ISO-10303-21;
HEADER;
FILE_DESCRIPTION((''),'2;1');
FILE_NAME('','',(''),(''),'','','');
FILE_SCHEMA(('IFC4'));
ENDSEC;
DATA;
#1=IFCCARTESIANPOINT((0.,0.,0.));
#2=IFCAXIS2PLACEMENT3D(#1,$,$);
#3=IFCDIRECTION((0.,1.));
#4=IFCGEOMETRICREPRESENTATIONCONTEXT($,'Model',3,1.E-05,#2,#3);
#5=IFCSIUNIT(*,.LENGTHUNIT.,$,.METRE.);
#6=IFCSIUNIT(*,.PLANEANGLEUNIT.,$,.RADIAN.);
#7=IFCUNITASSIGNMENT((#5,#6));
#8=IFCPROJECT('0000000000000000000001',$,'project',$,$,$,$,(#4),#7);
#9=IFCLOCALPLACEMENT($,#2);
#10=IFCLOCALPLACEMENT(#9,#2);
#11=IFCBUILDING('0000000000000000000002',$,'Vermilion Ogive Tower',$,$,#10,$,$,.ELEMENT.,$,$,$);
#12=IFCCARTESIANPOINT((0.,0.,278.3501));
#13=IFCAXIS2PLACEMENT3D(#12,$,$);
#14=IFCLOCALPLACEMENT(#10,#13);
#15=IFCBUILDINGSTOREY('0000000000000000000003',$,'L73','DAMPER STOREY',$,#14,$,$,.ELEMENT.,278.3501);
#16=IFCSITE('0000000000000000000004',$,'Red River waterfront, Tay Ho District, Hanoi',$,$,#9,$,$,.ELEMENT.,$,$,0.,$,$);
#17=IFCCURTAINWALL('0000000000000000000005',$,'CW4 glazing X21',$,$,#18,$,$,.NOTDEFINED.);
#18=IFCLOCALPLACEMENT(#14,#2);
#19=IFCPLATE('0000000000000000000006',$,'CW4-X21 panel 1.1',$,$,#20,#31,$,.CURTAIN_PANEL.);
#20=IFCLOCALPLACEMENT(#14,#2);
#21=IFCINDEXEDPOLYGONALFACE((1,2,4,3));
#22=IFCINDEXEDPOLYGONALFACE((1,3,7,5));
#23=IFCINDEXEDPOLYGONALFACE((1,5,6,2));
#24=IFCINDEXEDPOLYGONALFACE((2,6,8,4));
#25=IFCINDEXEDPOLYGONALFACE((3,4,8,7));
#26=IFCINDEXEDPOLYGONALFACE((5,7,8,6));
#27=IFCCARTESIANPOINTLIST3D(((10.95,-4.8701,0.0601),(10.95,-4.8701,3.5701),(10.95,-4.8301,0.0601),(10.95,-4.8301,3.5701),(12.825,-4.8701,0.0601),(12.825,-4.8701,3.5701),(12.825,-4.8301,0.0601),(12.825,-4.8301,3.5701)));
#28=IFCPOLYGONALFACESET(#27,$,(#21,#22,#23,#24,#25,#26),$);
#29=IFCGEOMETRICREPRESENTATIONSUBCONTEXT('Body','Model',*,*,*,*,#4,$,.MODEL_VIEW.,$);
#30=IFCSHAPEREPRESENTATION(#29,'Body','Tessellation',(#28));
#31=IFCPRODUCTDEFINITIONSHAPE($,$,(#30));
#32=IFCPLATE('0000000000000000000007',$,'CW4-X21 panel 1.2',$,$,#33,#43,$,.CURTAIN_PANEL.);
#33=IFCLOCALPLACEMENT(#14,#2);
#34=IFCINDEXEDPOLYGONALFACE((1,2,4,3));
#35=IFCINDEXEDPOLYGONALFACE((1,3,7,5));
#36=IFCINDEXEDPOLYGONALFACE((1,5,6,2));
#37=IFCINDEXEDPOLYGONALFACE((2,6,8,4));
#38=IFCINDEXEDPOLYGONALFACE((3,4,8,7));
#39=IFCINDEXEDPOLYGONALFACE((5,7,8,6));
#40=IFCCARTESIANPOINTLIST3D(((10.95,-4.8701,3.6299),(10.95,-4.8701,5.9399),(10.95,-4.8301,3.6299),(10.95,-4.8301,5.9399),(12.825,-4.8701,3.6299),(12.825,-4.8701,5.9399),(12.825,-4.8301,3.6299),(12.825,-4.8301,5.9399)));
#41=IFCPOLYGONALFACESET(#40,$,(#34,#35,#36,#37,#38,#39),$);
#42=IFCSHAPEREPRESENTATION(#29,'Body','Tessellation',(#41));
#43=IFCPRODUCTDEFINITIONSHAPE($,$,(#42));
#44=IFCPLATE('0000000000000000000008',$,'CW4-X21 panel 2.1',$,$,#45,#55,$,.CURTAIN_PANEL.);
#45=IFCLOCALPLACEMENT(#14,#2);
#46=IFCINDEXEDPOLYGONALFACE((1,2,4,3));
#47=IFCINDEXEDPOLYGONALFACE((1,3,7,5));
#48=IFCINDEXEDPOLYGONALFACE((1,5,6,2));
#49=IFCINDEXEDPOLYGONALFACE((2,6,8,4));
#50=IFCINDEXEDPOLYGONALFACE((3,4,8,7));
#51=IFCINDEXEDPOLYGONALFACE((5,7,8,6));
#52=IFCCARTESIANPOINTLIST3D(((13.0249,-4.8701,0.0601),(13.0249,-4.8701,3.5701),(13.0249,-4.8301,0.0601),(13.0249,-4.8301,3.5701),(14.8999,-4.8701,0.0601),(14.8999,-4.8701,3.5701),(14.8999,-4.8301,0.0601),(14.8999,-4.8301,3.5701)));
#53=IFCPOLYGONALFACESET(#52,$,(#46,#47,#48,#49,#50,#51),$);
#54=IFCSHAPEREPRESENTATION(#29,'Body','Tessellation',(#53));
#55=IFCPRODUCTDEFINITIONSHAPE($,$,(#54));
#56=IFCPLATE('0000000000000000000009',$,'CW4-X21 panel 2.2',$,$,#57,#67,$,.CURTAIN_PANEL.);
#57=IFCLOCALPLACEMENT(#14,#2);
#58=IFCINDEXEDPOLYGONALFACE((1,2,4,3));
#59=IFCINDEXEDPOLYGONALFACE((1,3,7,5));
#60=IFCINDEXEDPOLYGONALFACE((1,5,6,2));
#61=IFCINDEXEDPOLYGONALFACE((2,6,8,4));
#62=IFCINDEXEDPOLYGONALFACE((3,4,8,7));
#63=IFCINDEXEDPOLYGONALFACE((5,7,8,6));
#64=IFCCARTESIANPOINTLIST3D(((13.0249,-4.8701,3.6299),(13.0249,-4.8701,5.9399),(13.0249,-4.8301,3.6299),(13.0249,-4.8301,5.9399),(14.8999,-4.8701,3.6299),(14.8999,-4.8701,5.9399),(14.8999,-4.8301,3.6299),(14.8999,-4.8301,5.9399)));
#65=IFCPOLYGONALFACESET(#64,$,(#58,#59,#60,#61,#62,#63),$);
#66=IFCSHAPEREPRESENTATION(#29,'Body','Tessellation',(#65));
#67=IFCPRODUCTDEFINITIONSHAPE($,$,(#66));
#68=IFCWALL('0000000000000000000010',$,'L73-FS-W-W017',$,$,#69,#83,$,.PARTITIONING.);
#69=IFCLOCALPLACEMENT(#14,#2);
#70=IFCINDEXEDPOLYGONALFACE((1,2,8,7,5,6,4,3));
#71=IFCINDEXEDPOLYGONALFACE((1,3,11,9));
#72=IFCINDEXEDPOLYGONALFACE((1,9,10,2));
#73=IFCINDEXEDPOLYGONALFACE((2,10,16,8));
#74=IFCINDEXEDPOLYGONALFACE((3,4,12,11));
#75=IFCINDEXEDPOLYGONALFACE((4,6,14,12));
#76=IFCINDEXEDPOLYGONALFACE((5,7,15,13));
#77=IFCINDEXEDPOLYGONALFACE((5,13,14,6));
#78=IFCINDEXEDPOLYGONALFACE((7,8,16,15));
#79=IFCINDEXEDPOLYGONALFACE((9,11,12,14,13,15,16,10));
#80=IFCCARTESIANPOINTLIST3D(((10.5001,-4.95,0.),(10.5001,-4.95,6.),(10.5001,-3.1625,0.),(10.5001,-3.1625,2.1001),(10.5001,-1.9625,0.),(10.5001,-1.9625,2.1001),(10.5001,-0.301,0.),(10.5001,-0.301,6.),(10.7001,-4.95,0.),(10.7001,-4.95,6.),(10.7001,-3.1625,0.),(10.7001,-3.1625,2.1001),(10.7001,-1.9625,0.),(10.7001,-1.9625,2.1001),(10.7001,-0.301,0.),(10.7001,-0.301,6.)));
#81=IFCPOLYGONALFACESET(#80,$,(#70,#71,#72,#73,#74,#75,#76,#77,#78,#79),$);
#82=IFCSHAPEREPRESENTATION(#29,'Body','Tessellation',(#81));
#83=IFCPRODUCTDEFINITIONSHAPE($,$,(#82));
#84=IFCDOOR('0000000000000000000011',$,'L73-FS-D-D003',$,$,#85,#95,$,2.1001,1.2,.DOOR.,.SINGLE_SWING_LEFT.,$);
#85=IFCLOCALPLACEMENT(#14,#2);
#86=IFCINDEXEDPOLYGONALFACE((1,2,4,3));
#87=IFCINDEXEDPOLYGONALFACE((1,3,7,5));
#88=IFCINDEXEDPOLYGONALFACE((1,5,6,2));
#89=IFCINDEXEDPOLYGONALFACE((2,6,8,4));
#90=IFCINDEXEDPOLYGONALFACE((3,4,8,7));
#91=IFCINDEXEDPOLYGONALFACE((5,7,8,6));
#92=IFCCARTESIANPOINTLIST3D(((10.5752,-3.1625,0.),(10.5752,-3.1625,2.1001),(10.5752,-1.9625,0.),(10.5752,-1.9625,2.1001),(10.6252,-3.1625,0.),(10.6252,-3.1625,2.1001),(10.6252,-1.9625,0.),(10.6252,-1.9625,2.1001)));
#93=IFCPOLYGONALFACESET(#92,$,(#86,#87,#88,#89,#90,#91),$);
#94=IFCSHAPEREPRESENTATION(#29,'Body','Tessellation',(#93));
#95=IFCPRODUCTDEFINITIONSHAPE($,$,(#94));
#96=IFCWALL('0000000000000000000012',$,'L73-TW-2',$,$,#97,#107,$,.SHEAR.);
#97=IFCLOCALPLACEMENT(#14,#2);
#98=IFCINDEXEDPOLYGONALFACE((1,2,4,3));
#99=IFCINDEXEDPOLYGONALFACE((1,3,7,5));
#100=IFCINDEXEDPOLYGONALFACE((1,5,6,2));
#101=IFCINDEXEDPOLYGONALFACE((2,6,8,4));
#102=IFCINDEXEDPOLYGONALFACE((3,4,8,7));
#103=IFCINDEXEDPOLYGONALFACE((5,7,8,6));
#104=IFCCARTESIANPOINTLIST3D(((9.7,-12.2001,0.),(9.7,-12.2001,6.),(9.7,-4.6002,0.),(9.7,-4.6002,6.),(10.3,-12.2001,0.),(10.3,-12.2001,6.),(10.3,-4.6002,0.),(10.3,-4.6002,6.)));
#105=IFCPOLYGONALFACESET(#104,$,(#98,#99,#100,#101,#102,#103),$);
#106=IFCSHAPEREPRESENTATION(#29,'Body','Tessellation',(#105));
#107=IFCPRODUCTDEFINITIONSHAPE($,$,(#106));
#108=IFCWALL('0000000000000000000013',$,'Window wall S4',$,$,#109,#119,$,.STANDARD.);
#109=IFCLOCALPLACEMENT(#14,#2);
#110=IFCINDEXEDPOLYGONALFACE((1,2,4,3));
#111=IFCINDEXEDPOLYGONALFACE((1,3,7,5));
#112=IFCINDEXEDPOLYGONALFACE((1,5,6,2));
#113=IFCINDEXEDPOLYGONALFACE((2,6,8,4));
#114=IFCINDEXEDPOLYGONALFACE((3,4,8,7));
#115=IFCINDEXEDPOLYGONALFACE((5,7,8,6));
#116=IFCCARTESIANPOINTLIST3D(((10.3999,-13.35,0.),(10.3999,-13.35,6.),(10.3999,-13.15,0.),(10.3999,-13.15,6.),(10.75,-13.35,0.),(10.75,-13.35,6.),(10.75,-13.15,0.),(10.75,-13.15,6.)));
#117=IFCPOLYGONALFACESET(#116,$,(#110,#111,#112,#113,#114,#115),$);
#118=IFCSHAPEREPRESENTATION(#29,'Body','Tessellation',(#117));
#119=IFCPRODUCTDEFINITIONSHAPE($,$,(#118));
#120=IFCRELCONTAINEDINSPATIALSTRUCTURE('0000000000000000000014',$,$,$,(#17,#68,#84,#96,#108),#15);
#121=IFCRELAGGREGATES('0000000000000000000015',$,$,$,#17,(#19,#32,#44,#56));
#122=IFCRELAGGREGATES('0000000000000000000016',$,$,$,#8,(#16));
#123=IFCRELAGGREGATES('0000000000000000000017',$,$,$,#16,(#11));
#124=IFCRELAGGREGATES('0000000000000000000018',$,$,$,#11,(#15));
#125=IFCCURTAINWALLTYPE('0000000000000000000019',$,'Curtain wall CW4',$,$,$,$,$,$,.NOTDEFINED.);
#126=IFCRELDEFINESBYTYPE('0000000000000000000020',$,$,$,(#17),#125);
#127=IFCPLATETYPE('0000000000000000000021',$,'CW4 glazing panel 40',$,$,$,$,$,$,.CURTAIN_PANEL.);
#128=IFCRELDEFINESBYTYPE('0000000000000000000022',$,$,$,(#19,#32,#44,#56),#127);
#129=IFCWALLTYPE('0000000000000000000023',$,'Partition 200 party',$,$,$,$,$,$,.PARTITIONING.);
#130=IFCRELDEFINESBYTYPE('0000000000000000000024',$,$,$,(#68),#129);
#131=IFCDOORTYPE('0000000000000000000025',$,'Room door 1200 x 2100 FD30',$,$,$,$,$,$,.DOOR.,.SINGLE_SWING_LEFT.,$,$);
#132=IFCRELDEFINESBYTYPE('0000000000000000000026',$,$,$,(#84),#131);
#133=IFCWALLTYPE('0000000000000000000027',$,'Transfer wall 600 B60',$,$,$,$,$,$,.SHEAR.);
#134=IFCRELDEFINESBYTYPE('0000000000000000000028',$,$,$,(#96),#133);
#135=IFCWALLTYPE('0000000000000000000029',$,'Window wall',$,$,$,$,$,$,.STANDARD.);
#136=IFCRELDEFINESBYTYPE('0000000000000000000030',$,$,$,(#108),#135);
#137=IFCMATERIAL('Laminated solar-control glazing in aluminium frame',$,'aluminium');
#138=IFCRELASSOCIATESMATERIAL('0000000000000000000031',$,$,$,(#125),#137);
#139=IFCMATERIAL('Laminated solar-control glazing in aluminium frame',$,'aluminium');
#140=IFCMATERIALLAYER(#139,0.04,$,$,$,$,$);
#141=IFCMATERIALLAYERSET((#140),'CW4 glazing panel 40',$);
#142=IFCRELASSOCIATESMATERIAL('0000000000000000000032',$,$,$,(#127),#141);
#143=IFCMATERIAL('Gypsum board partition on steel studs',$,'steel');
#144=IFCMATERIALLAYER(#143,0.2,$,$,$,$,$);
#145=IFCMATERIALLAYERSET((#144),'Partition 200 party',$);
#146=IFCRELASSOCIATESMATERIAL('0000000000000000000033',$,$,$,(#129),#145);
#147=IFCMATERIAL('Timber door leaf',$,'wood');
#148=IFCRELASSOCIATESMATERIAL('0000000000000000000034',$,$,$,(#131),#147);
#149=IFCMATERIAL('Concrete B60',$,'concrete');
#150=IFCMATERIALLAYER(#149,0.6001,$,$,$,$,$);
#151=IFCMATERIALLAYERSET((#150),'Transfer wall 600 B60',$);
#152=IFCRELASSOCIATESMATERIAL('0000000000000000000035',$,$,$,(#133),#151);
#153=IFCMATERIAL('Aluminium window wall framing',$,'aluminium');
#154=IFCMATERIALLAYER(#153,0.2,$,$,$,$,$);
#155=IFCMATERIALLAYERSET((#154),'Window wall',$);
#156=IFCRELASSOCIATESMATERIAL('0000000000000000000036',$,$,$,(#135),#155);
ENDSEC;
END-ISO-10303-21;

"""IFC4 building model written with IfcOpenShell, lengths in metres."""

from ifc_helpers import new_model, si_unit, direction, frame, frame_2d, origin, origin_2d, place, context, subcontext, project, spatial, rectangle, extrude, material, layer, layer_set, type_object, element, fill, aggregate, save


model = new_model("IFC4")

# Units and contexts
model_context = context("Model", 3, precision=1e-05, world=origin(), true_north=direction((0.0, 1.0)))
body_context = subcontext(model_context, "Body", "Model", "MODEL_VIEW")
ifc_project = project(units=[si_unit("LENGTHUNIT", "METRE"), si_unit("PLANEANGLEUNIT", "RADIAN")], contexts=[model_context])

# Site, building, storey
site_placement = place(None, origin())
site = spatial("IfcSite", under=ifc_project, at=site_placement, Name="Red River waterfront, Tay Ho District, Hanoi", CompositionType="ELEMENT", RefElevation=0.0)
building_placement = place(site_placement, origin())
building = spatial("IfcBuilding", under=site, at=building_placement, Name="Vermilion Ogive Tower", CompositionType="ELEMENT")
storey_placement = place(building_placement, frame((0.0, 0.0, 278.3501)))
storey = spatial("IfcBuildingStorey", under=building, at=storey_placement, Name="L73", Description="DAMPER STOREY", CompositionType="ELEMENT", Elevation=278.3501)

# Shared definitions
ifc_material_1 = material(Name="Laminated solar-control glazing in aluminium frame", Category="aluminium")
curtain_wall_type = type_object("IfcCurtainWallType", Name="Curtain wall CW4", PredefinedType="NOTDEFINED", material=ifc_material_1)

# Curtain wall
curtain_wall_1_placement = place(storey_placement, origin())
curtain_wall_1 = element("IfcCurtainWall", 1, at=curtain_wall_1_placement, inside=storey, type_object=curtain_wall_type, Name="CW4 glazing X21", PredefinedType="NOTDEFINED")

# Plates
ifc_material_2 = material(Name="Laminated solar-control glazing in aluminium frame", Category="aluminium")
ifc_layer_1 = layer(ifc_material_2, 0.04)
ifc_layer_set_1 = layer_set([ifc_layer_1], Name="CW4 glazing panel 40")
plate_type = type_object("IfcPlateType", Name="CW4 glazing panel 40", PredefinedType="CURTAIN_PANEL", material=ifc_layer_set_1)
plate_1_placement = place(storey_placement, frame((11.8875, -4.8501, 0.0601), z_axis=(0.0, 0.0, 1.0), x_axis=(1.0, 0.0, 0.0)))
plate_1 = element("IfcPlate", 2, at=plate_1_placement, type_object=plate_type, Name="CW4-X21 panel 1.1", PredefinedType="CURTAIN_PANEL", context=body_context, shape_type="SweptSolid", body=[
    extrude(rectangle(XDim=1.875, YDim=0.04, at=origin_2d()), origin(), (0.0, 0.0, 1.0), 3.51),
])
plate_2_placement = place(storey_placement, frame((11.8875, -4.8501, 3.6299), z_axis=(0.0, 0.0, 1.0), x_axis=(1.0, 0.0, 0.0)))
plate_2 = element("IfcPlate", 3, at=plate_2_placement, type_object=plate_type, Name="CW4-X21 panel 1.2", PredefinedType="CURTAIN_PANEL", context=body_context, shape_type="SweptSolid", body=[
    extrude(rectangle(XDim=1.875, YDim=0.04, at=origin_2d()), origin(), (0.0, 0.0, 1.0), 2.3101),
])
plate_3_placement = place(storey_placement, frame((13.9624, -4.8501, 0.0601), z_axis=(0.0, 0.0, 1.0), x_axis=(1.0, 0.0, 0.0)))
plate_3 = element("IfcPlate", 4, at=plate_3_placement, type_object=plate_type, Name="CW4-X21 panel 2.1", PredefinedType="CURTAIN_PANEL", context=body_context, shape_type="SweptSolid", body=[
    extrude(rectangle(XDim=1.875, YDim=0.04, at=origin_2d()), origin(), (0.0, 0.0, 1.0), 3.51),
])
plate_4_placement = place(storey_placement, frame((13.9624, -4.8501, 3.6299), z_axis=(0.0, 0.0, 1.0), x_axis=(1.0, 0.0, 0.0)))
plate_4 = element("IfcPlate", 5, at=plate_4_placement, type_object=plate_type, Name="CW4-X21 panel 2.2", PredefinedType="CURTAIN_PANEL", context=body_context, shape_type="SweptSolid", body=[
    extrude(rectangle(XDim=1.875, YDim=0.04, at=origin_2d()), origin(), (0.0, 0.0, 1.0), 2.3101),
])
aggregate(curtain_wall_1, [plate_1, plate_2, plate_3, plate_4])

# Wall, opening, door
ifc_material_3 = material(Name="Gypsum board partition on steel studs", Category="steel")
ifc_layer_2 = layer(ifc_material_3, 0.2)
ifc_layer_set_2 = layer_set([ifc_layer_2], Name="Partition 200 party")
wall_type_1 = type_object("IfcWallType", Name="Partition 200 party", PredefinedType="PARTITIONING", material=ifc_layer_set_2)
wall_1_placement = place(storey_placement, frame((10.6001, -4.95, 0.0), z_axis=(0.0, 0.0, 1.0), x_axis=(0.0, 1.0, 0.0)))
wall_1 = element("IfcWall", 6, at=wall_1_placement, inside=storey, type_object=wall_type_1, Name="L73-FS-W-W017", PredefinedType="PARTITIONING", context=body_context, shape_type="SweptSolid", body=[
    extrude(rectangle(XDim=4.6489, YDim=0.2, at=frame_2d((2.3245, 0.0))), origin(), (0.0, 0.0, 1.0), 6.0),
])
opening_placement = place(wall_1_placement, frame((1.7874, 0.0, 0.0)))
opening = element("IfcOpeningElement", 7, at=opening_placement, cuts=wall_1, PredefinedType="OPENING", context=body_context, shape_type="SweptSolid", body=[
    extrude(rectangle(XDim=1.2, YDim=2.1001, at=frame_2d((0.6001, 1.05))), frame((0.0, 0.1099, 0.0), z_axis=(0.0, -1.0, 0.0), x_axis=(1.0, 0.0, 0.0)), (0.0, 0.0, 1.0), 0.22),
])
ifc_material_4 = material(Name="Timber door leaf", Category="wood")
door_type = type_object("IfcDoorType", Name="Room door 1200 x 2100 FD30", OperationType="SINGLE_SWING_LEFT", PredefinedType="DOOR", material=ifc_material_4)
door_placement = place(opening_placement, origin())
door = element("IfcDoor", 8, at=door_placement, inside=storey, type_object=door_type, Name="L73-FS-D-D003", OperationType="SINGLE_SWING_LEFT", OverallHeight=2.1001, OverallWidth=1.2, PredefinedType="DOOR", context=body_context, shape_type="SweptSolid", body=[
    extrude(rectangle(XDim=1.2, YDim=2.1001, at=frame_2d((0.6001, 1.05))), frame((0.0, 0.0249, 0.0), z_axis=(0.0, -1.0, 0.0), x_axis=(1.0, 0.0, 0.0)), (0.0, 0.0, 1.0), 0.05),
])
fill(opening, door)

# Walls
ifc_material_5 = material(Name="Concrete B60", Category="concrete")
ifc_layer_3 = layer(ifc_material_5, 0.6001)
ifc_layer_set_3 = layer_set([ifc_layer_3], Name="Transfer wall 600 B60")
wall_type_2 = type_object("IfcWallType", Name="Transfer wall 600 B60", PredefinedType="SHEAR", material=ifc_layer_set_3)
wall_2_placement = place(storey_placement, frame((10.0, -12.2, 0.0), z_axis=(0.0, 0.0, 1.0), x_axis=(0.0, 1.0, 0.0)))
element("IfcWall", 9, at=wall_2_placement, inside=storey, type_object=wall_type_2, Name="L73-TW-2", PredefinedType="SHEAR", context=body_context, shape_type="SweptSolid", body=[
    extrude(rectangle(XDim=7.5999, YDim=0.6001, at=frame_2d((3.7998, 0.0))), origin(), (0.0, 0.0, 1.0), 6.0),
])
ifc_material_6 = material(Name="Aluminium window wall framing", Category="aluminium")
ifc_layer_4 = layer(ifc_material_6, 0.2)
ifc_layer_set_4 = layer_set([ifc_layer_4], Name="Window wall")
wall_type_3 = type_object("IfcWallType", Name="Window wall", PredefinedType="STANDARD", material=ifc_layer_set_4)
wall_3_placement = place(storey_placement, frame((10.3999, -13.25, 0.0), z_axis=(0.0, 0.0, 1.0), x_axis=(1.0, 0.0, 0.0)))
element("IfcWall", 10, at=wall_3_placement, inside=storey, type_object=wall_type_3, Name="Window wall S4", PredefinedType="STANDARD", context=body_context, shape_type="SweptSolid", body=[
    extrude(rectangle(XDim=0.3501, YDim=0.2, at=frame_2d((0.175, 0.0))), origin(), (0.0, 0.0, 1.0), 6.0),
])

save(model, "model.ifc")
